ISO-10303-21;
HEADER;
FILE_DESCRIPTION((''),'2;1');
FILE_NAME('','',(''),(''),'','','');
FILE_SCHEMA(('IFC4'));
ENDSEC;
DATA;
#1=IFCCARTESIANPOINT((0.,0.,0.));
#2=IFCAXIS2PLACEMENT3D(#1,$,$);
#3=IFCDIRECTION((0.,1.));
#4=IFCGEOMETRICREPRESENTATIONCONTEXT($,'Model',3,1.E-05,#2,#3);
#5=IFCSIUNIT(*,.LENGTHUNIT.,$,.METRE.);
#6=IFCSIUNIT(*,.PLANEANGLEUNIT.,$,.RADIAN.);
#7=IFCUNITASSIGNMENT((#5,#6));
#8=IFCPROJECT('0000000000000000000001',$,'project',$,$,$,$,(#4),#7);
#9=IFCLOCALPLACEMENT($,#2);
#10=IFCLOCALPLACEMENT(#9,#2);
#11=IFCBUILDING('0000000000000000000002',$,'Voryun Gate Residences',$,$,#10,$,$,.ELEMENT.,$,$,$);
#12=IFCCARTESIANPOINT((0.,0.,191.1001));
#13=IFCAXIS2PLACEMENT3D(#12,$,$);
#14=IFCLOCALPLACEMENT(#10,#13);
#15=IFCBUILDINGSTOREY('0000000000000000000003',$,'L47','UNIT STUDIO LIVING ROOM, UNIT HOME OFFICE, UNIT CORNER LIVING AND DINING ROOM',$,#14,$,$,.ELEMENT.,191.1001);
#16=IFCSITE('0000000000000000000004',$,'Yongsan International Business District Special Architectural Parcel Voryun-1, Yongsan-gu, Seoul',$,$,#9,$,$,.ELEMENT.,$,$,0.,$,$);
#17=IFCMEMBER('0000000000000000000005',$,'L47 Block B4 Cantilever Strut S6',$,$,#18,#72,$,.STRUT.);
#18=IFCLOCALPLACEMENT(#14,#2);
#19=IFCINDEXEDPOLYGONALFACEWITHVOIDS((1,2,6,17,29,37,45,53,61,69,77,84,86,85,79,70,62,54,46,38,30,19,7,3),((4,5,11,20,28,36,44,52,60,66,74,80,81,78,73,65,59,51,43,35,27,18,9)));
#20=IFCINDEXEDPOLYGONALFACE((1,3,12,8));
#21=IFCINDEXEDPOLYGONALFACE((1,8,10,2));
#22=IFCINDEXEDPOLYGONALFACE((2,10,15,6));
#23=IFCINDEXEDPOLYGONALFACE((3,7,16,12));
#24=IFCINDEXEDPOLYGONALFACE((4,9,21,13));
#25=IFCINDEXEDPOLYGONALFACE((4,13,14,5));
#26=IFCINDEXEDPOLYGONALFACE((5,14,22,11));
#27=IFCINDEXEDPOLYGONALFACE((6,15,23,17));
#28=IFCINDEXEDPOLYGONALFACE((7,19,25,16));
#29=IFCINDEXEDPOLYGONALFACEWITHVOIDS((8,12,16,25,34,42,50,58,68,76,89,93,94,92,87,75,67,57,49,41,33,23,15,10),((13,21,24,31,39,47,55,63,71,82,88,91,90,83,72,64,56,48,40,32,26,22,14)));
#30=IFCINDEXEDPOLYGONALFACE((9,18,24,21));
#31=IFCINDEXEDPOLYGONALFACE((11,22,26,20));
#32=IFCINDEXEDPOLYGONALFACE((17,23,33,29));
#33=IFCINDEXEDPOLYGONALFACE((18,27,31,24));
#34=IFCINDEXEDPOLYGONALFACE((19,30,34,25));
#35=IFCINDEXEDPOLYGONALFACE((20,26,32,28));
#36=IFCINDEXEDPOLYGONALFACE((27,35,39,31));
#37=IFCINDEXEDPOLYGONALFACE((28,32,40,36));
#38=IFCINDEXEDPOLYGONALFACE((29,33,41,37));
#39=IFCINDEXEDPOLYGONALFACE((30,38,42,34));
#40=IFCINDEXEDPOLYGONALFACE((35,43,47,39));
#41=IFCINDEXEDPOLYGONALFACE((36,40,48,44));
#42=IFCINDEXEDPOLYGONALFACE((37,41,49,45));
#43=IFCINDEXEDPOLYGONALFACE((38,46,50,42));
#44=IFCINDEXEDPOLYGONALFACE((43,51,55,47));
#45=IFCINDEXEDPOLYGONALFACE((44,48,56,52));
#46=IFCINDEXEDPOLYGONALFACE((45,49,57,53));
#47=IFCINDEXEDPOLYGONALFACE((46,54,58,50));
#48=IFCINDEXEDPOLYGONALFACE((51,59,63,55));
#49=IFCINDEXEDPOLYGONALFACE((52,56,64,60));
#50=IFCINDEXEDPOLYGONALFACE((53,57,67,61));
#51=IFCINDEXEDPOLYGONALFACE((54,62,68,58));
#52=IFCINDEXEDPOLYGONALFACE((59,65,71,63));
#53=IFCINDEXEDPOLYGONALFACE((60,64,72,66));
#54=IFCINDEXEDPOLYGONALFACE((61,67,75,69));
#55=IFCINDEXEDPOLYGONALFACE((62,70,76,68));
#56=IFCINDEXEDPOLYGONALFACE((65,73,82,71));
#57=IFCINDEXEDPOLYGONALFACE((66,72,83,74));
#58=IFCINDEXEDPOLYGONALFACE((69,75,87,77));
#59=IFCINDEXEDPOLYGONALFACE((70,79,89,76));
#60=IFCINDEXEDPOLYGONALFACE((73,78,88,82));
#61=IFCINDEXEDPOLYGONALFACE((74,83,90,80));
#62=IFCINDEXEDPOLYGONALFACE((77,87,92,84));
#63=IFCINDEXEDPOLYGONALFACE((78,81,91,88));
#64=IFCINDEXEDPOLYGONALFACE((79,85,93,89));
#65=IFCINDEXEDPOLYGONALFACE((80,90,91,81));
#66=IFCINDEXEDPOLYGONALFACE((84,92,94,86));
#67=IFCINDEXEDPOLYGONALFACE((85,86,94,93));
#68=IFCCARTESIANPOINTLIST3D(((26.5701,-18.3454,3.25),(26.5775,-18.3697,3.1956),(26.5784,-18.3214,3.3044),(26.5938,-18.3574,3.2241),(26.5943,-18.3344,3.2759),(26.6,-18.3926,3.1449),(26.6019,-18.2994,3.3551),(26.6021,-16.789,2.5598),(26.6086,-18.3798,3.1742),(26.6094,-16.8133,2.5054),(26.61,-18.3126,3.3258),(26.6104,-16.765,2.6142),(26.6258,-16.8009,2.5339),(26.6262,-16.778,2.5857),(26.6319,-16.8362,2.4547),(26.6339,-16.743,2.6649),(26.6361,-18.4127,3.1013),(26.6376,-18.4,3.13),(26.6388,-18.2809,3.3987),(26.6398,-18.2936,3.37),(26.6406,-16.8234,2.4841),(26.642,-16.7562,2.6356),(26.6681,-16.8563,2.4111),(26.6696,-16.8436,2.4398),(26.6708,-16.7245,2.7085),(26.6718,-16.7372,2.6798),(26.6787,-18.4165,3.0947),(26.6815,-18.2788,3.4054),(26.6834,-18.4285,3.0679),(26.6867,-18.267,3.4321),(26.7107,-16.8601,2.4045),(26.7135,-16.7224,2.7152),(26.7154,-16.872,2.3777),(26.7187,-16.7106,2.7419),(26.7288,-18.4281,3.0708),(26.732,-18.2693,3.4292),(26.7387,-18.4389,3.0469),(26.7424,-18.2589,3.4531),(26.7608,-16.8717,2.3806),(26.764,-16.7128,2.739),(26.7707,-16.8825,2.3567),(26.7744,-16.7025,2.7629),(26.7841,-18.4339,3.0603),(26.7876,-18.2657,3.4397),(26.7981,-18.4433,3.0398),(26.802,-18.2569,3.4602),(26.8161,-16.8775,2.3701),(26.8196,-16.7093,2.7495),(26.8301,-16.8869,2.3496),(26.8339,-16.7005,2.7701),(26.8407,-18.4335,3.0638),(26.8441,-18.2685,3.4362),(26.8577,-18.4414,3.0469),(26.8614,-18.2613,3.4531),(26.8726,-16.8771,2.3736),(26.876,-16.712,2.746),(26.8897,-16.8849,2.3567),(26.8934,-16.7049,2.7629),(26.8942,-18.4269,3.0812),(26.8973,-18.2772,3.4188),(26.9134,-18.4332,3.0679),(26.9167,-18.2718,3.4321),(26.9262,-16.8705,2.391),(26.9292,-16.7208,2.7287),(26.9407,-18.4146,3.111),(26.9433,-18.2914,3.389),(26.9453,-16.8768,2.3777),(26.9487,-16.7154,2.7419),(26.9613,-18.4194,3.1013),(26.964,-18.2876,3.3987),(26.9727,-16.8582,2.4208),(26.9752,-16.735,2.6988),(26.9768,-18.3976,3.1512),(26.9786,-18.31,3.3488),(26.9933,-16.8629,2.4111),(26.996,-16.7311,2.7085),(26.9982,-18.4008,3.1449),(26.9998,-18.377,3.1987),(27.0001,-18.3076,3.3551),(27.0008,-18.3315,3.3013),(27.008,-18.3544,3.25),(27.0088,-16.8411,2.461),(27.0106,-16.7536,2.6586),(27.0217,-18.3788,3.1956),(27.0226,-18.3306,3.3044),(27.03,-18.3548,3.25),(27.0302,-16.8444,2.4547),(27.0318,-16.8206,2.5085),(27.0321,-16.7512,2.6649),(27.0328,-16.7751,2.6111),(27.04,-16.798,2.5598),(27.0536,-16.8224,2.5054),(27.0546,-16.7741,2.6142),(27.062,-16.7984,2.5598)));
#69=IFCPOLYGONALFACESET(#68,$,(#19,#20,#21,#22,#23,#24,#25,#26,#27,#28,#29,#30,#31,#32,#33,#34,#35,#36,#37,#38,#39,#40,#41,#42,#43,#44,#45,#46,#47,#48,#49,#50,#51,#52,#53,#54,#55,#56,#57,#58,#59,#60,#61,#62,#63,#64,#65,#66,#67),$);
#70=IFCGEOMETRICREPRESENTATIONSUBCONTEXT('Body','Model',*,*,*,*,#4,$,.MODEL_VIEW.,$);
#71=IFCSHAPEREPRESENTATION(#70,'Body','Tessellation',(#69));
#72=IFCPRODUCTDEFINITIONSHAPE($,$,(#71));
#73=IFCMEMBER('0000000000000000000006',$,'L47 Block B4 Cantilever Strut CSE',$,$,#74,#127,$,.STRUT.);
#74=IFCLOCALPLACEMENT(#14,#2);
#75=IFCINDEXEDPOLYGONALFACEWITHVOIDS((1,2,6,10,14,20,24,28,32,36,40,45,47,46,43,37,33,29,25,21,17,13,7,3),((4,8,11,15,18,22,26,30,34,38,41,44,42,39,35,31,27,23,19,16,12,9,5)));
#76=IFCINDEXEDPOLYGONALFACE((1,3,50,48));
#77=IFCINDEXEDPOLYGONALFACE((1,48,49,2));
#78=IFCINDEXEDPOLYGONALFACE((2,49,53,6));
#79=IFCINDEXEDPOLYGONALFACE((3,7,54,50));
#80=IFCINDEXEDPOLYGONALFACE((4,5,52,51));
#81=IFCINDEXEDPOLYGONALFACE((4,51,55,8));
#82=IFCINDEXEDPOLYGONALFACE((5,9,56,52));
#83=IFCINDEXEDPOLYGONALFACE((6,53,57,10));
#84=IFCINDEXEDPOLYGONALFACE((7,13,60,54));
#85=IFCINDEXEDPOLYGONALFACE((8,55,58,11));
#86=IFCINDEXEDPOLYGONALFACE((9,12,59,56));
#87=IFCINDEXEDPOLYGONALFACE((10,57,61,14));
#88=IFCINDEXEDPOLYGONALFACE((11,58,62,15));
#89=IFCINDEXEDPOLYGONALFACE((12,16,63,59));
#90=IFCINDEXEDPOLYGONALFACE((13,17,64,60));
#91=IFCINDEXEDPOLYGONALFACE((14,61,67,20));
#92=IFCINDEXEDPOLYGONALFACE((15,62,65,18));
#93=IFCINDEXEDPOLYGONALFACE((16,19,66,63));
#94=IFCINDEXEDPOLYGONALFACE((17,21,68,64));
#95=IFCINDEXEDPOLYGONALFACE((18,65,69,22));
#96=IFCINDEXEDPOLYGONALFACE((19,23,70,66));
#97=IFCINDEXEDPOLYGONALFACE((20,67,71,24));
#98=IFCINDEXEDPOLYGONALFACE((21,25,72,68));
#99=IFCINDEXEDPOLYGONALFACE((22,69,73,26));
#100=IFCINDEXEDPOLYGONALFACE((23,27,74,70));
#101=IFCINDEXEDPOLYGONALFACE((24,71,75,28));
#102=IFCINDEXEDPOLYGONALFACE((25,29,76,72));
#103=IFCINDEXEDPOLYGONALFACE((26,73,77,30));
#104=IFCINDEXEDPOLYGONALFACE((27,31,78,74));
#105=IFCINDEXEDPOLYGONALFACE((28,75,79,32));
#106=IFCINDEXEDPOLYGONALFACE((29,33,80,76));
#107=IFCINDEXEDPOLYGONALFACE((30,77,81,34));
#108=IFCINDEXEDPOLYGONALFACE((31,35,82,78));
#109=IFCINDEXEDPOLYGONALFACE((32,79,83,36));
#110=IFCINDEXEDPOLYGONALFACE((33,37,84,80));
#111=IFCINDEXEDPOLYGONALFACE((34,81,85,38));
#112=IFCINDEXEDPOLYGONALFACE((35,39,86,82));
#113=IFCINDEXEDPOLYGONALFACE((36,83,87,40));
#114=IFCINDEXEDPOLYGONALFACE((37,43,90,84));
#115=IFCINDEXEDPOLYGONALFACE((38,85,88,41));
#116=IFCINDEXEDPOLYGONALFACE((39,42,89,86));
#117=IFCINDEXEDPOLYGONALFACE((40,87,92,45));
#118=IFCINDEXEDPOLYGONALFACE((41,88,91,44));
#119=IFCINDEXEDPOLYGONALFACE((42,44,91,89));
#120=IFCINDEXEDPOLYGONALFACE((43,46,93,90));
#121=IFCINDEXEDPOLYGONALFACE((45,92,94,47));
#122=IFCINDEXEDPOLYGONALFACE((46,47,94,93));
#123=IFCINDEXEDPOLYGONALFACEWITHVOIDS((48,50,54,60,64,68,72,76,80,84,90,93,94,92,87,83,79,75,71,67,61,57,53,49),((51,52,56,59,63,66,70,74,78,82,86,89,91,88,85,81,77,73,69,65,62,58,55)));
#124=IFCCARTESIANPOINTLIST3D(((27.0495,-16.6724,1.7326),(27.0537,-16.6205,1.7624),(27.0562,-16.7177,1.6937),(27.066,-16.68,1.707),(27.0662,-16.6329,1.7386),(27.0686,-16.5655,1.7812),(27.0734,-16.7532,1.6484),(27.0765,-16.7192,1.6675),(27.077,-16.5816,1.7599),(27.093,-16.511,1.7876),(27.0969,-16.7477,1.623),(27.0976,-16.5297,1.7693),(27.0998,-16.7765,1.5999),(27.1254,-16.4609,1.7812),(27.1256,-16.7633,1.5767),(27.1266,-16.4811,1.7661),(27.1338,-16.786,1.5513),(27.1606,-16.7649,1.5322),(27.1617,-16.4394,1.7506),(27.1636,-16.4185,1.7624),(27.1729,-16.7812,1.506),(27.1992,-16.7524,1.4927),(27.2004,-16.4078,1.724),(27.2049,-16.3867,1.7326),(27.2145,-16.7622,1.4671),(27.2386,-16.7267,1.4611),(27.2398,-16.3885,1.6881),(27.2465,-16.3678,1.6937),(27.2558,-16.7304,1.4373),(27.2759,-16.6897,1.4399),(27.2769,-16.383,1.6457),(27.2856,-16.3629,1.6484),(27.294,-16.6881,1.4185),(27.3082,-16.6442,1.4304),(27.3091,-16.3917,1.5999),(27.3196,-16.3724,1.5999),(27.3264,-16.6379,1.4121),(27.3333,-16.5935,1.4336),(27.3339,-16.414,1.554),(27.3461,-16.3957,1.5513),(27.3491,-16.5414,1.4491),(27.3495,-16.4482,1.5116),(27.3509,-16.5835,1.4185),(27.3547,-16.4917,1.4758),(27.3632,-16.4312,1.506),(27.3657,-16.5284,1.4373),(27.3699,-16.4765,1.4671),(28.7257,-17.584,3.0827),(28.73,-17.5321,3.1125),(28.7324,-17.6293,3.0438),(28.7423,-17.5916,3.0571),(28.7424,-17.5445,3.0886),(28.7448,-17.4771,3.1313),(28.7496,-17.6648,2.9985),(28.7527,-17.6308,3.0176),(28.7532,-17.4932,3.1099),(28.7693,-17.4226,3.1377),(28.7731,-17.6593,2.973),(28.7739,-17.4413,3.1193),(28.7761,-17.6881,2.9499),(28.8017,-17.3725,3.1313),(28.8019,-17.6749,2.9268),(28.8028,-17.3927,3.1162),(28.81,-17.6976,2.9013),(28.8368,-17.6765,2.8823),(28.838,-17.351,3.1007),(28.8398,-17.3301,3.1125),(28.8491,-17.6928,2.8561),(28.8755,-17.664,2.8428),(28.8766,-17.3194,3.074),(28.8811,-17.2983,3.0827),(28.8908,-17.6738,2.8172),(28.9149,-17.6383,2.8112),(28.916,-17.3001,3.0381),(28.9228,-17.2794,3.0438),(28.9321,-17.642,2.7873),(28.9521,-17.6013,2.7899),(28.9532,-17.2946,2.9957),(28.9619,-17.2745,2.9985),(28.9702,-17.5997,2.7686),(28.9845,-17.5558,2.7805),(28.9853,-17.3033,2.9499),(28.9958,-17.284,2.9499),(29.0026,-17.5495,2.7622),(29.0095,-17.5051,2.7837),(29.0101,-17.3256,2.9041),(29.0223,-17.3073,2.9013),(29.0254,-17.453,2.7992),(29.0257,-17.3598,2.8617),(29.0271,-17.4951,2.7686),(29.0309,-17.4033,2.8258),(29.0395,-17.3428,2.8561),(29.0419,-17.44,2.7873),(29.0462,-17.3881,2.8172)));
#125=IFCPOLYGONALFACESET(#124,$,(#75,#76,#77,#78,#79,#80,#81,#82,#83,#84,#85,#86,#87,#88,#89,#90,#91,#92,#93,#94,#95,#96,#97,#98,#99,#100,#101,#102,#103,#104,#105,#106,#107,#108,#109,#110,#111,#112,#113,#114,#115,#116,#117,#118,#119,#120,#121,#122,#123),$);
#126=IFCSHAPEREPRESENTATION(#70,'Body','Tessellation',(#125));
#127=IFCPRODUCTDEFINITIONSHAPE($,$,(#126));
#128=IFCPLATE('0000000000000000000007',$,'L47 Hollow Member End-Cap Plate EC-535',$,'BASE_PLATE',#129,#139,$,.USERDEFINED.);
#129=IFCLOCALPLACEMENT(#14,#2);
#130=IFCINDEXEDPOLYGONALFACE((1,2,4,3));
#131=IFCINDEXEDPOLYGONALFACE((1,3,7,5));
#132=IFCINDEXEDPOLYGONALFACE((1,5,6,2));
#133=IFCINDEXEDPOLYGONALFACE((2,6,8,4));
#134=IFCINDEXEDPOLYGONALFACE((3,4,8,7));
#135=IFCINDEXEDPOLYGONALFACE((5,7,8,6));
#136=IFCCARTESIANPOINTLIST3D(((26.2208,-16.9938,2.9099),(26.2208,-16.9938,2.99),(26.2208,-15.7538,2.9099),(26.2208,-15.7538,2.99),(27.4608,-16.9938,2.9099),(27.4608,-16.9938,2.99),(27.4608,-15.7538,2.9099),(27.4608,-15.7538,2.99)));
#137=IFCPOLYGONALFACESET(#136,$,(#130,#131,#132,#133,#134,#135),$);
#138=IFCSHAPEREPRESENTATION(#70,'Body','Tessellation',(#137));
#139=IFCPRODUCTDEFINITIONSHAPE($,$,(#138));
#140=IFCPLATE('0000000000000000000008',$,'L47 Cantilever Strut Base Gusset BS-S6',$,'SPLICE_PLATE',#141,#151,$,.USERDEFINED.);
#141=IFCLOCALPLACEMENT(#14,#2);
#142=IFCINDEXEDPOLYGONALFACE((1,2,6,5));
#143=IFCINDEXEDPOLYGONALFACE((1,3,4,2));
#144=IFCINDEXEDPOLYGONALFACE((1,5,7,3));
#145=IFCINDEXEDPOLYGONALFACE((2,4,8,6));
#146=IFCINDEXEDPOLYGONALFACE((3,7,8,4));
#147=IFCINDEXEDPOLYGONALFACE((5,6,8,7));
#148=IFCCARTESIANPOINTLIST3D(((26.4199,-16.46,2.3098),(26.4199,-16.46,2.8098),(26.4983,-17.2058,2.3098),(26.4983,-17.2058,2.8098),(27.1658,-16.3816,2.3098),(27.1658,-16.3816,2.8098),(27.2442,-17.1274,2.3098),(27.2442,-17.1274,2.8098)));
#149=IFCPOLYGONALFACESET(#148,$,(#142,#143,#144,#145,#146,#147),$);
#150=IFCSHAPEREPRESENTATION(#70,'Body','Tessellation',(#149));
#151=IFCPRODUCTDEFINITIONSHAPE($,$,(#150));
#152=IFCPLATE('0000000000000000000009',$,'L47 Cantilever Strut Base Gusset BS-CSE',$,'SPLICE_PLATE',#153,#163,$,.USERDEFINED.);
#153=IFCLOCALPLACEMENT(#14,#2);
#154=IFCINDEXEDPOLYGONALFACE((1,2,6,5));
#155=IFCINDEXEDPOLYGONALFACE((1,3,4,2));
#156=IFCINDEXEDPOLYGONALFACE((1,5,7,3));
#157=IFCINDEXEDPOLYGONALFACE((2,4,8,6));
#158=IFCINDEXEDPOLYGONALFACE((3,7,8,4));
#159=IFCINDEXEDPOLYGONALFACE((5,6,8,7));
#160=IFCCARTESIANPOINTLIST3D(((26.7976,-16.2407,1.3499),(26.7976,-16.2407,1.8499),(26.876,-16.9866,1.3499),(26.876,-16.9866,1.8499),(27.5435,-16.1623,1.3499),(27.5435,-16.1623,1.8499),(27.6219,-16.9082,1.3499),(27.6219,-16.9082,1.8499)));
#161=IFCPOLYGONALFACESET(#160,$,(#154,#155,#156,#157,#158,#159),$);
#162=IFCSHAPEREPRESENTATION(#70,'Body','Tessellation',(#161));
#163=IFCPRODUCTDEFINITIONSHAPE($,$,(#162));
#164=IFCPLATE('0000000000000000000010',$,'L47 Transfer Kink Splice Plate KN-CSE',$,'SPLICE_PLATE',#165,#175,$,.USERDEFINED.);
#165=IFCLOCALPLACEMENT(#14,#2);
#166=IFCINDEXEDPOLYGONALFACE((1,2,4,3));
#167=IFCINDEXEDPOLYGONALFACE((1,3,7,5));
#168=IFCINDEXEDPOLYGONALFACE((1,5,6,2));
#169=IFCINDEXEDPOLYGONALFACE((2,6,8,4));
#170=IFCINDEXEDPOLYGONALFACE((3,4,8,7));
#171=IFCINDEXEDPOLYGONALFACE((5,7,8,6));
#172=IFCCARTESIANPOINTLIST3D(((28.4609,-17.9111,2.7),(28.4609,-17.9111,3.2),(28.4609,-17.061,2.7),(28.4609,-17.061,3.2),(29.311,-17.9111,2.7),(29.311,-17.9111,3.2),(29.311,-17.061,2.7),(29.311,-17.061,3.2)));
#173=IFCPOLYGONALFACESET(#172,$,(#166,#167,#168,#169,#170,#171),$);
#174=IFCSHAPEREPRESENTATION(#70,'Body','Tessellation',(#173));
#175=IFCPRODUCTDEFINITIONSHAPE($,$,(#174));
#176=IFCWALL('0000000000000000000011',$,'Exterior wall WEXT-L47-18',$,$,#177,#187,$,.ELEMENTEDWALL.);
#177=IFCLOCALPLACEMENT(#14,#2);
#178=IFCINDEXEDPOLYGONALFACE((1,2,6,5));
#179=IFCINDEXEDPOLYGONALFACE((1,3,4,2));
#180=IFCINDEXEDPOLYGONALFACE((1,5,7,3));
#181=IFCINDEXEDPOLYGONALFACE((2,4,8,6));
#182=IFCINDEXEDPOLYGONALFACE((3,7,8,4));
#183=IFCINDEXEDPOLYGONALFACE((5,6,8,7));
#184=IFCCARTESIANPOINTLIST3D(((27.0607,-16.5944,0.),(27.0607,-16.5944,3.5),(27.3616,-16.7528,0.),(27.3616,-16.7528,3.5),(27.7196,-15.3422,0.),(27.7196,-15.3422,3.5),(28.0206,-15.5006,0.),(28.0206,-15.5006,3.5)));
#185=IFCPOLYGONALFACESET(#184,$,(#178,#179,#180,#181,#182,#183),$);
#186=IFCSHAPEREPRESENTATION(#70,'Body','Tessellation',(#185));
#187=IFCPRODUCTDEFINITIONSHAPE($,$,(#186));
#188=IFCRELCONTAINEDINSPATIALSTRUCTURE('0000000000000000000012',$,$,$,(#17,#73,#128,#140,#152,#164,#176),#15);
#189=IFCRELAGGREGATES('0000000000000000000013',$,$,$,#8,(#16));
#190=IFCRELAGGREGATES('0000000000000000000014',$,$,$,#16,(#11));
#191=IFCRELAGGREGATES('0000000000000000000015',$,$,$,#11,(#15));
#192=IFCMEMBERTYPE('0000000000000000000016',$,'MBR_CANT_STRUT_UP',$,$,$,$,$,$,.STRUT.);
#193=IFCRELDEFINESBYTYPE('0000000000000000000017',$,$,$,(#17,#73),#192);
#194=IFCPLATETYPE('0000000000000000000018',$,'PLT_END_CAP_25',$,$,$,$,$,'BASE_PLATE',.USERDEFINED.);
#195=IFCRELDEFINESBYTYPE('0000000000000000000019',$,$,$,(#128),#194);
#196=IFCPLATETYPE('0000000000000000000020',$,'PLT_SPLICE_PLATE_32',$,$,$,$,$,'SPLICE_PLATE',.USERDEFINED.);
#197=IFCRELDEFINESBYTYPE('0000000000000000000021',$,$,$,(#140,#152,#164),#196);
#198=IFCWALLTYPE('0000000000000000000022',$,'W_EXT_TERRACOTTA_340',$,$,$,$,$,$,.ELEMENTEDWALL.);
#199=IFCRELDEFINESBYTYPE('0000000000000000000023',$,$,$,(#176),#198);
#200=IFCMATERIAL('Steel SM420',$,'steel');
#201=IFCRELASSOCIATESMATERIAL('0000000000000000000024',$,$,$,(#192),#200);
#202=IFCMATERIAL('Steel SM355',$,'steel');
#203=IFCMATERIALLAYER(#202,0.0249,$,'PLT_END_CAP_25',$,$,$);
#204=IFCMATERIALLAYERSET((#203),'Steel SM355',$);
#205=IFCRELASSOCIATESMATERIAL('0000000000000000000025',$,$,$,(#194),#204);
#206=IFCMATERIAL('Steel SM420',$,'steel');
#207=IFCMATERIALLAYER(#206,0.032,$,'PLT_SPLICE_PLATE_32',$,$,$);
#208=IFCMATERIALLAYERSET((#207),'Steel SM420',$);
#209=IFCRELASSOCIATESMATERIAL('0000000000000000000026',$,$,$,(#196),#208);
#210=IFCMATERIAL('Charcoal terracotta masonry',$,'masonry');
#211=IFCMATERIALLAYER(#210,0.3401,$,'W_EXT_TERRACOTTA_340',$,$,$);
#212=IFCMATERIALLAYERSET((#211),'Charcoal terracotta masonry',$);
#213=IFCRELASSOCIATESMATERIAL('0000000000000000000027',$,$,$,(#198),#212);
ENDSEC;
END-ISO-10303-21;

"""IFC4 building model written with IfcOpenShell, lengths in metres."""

from ifc_helpers import new_model, si_unit, direction, frame, frame_2d, origin, origin_2d, place, context, subcontext, project, spatial, rectangle, hollow_circle, extrude, material, layer, layer_set, material_profile, profile_set, type_object, element, save


model = new_model("IFC4")

# Units and contexts
model_context = context("Model", 3, precision=1e-05, world=origin(), true_north=direction((0.0, 1.0)))
body_context = subcontext(model_context, "Body", "Model", "MODEL_VIEW")
ifc_project = project(units=[si_unit("LENGTHUNIT", "METRE"), si_unit("PLANEANGLEUNIT", "RADIAN")], contexts=[model_context])

# Site, building, storey
site_placement = place(None, origin())
site = spatial("IfcSite", under=ifc_project, at=site_placement, Name="Yongsan International Business District Special Architectural Parcel Voryun-1, Yongsan-gu, Seoul", CompositionType="ELEMENT", RefElevation=0.0)
building_placement = place(site_placement, origin())
building = spatial("IfcBuilding", under=site, at=building_placement, Name="Voryun Gate Residences", CompositionType="ELEMENT")
storey_placement = place(building_placement, frame((0.0, 0.0, 191.1001)))
storey = spatial("IfcBuildingStorey", under=building, at=storey_placement, Name="L47", Description="UNIT STUDIO LIVING ROOM, UNIT HOME OFFICE, UNIT CORNER LIVING AND DINING ROOM", CompositionType="ELEMENT", Elevation=191.1001)

# Members
ifc_material_1 = material(Name="Steel SM420", Category="steel")
ifc_material_profile_1 = material_profile(ifc_material_1, hollow_circle(Radius=0.23, WallThickness=0.022, at=origin_2d()), Name="CHS-460x22")
ifc_profile_set_1 = profile_set([ifc_material_profile_1], Name="Steel SM420")
member_type = type_object("IfcMemberType", Name="MBR_CANT_STRUT_UP", PredefinedType="STRUT", material=ifc_profile_set_1)
member_1_placement = place(storey_placement, frame((26.832, -16.7937, 2.5598), z_axis=(-0.018782, -0.913987, 0.405308), x_axis=(0.999789, -0.020545, 0.0)))
element("IfcMember", 1, at=member_1_placement, inside=storey, type_object=member_type, Name="L47 Block B4 Cantilever Strut S6", PredefinedType="STRUT", context=body_context, shape_type="SweptSolid", body=[
    extrude(hollow_circle(Radius=0.23, WallThickness=0.022, at=origin_2d()), origin(), (0.0, 0.0, 1.0), 1.7029),
])
member_2_placement = place(storey_placement, frame((27.2097, -16.5745, 1.5999), z_axis=(0.717134, -0.390006, 0.577593), x_axis=(0.477758, 0.878491, 0.0)))
element("IfcMember", 2, at=member_2_placement, inside=storey, type_object=member_type, Name="L47 Block B4 Cantilever Strut CSE", PredefinedType="STRUT", context=body_context, shape_type="SweptSolid", body=[
    extrude(hollow_circle(Radius=0.23, WallThickness=0.022, at=origin_2d()), origin(), (0.0, 0.0, 1.0), 2.3374),
])

# Plates
ifc_material_2 = material(Name="Steel SM355", Category="steel")
ifc_layer_1 = layer(ifc_material_2, 0.0249, Name="PLT_END_CAP_25")
ifc_layer_set_1 = layer_set([ifc_layer_1], Name="Steel SM355")
plate_type_1 = type_object("IfcPlateType", Name="PLT_END_CAP_25", ElementType="BASE_PLATE", PredefinedType="USERDEFINED", material=ifc_layer_set_1)
plate_1_placement = place(storey_placement, frame((26.8408, -16.3738, 2.9099), z_axis=(0.0, 0.0, 1.0), x_axis=(1.0, 0.0, 0.0)))
element("IfcPlate", 3, at=plate_1_placement, inside=storey, type_object=plate_type_1, Name="L47 Hollow Member End-Cap Plate EC-535", ObjectType="BASE_PLATE", PredefinedType="USERDEFINED", context=body_context, shape_type="SweptSolid", body=[
    extrude(rectangle(XDim=1.24, YDim=1.24, at=origin_2d()), origin(), (0.0, 0.0, 1.0), 0.0801),
])
ifc_material_3 = material(Name="Steel SM420", Category="steel")
ifc_layer_2 = layer(ifc_material_3, 0.032, Name="PLT_SPLICE_PLATE_32")
ifc_layer_set_2 = layer_set([ifc_layer_2], Name="Steel SM420")
plate_type_2 = type_object("IfcPlateType", Name="PLT_SPLICE_PLATE_32", ElementType="SPLICE_PLATE", PredefinedType="USERDEFINED", material=ifc_layer_set_2)
for number, where, z_axis, x_axis, name in (
    (4, (26.832, -16.7937, 2.3098), (0.0, 0.0, 1.0), (0.994522, 0.104528, 0.0), "L47 Cantilever Strut Base Gusset BS-S6"),
    (5, (27.2097, -16.5745, 1.3499), (0.0, 0.0, 1.0), (0.994522, 0.104528, 0.0), "L47 Cantilever Strut Base Gusset BS-CSE"),
):
    element("IfcPlate", number, at=place(storey_placement, frame(where, z_axis=z_axis, x_axis=x_axis)), inside=storey, type_object=plate_type_2, Name=name, ObjectType="SPLICE_PLATE", PredefinedType="USERDEFINED", context=body_context, shape_type="SweptSolid", body=[
        extrude(rectangle(XDim=0.75, YDim=0.75, at=origin_2d()), origin(), (0.0, 0.0, 1.0), 0.5),
    ])
plate_2_placement = place(storey_placement, frame((28.886, -17.4861, 2.7), z_axis=(0.0, 0.0, 1.0), x_axis=(1.0, 0.0, 0.0)))
element("IfcPlate", 6, at=plate_2_placement, inside=storey, type_object=plate_type_2, Name="L47 Transfer Kink Splice Plate KN-CSE", ObjectType="SPLICE_PLATE", PredefinedType="USERDEFINED", context=body_context, shape_type="SweptSolid", body=[
    extrude(rectangle(XDim=0.8501, YDim=0.8501, at=origin_2d()), origin(), (0.0, 0.0, 1.0), 0.5),
])

# Wall
ifc_material_4 = material(Name="Charcoal terracotta masonry", Category="masonry")
ifc_layer_3 = layer(ifc_material_4, 0.3401, Name="W_EXT_TERRACOTTA_340")
ifc_layer_set_3 = layer_set([ifc_layer_3], Name="Charcoal terracotta masonry")
wall_type = type_object("IfcWallType", Name="W_EXT_TERRACOTTA_340", PredefinedType="ELEMENTEDWALL", material=ifc_layer_set_3)
wall_1_placement = place(storey_placement, frame((27.8701, -15.4214, 0.0), z_axis=(0.0, 0.0, 1.0), x_axis=(-0.465682, -0.884952, 0.0)))
element("IfcWall", 7, at=wall_1_placement, inside=storey, type_object=wall_type, Name="Exterior wall WEXT-L47-18", PredefinedType="ELEMENTEDWALL", context=body_context, shape_type="SweptSolid", body=[
    extrude(rectangle(XDim=1.415, YDim=0.3401, at=frame_2d((0.7075, 0.0))), origin(), (0.0, 0.0, 1.0), 3.5),
])

save(model, "model.ifc")
